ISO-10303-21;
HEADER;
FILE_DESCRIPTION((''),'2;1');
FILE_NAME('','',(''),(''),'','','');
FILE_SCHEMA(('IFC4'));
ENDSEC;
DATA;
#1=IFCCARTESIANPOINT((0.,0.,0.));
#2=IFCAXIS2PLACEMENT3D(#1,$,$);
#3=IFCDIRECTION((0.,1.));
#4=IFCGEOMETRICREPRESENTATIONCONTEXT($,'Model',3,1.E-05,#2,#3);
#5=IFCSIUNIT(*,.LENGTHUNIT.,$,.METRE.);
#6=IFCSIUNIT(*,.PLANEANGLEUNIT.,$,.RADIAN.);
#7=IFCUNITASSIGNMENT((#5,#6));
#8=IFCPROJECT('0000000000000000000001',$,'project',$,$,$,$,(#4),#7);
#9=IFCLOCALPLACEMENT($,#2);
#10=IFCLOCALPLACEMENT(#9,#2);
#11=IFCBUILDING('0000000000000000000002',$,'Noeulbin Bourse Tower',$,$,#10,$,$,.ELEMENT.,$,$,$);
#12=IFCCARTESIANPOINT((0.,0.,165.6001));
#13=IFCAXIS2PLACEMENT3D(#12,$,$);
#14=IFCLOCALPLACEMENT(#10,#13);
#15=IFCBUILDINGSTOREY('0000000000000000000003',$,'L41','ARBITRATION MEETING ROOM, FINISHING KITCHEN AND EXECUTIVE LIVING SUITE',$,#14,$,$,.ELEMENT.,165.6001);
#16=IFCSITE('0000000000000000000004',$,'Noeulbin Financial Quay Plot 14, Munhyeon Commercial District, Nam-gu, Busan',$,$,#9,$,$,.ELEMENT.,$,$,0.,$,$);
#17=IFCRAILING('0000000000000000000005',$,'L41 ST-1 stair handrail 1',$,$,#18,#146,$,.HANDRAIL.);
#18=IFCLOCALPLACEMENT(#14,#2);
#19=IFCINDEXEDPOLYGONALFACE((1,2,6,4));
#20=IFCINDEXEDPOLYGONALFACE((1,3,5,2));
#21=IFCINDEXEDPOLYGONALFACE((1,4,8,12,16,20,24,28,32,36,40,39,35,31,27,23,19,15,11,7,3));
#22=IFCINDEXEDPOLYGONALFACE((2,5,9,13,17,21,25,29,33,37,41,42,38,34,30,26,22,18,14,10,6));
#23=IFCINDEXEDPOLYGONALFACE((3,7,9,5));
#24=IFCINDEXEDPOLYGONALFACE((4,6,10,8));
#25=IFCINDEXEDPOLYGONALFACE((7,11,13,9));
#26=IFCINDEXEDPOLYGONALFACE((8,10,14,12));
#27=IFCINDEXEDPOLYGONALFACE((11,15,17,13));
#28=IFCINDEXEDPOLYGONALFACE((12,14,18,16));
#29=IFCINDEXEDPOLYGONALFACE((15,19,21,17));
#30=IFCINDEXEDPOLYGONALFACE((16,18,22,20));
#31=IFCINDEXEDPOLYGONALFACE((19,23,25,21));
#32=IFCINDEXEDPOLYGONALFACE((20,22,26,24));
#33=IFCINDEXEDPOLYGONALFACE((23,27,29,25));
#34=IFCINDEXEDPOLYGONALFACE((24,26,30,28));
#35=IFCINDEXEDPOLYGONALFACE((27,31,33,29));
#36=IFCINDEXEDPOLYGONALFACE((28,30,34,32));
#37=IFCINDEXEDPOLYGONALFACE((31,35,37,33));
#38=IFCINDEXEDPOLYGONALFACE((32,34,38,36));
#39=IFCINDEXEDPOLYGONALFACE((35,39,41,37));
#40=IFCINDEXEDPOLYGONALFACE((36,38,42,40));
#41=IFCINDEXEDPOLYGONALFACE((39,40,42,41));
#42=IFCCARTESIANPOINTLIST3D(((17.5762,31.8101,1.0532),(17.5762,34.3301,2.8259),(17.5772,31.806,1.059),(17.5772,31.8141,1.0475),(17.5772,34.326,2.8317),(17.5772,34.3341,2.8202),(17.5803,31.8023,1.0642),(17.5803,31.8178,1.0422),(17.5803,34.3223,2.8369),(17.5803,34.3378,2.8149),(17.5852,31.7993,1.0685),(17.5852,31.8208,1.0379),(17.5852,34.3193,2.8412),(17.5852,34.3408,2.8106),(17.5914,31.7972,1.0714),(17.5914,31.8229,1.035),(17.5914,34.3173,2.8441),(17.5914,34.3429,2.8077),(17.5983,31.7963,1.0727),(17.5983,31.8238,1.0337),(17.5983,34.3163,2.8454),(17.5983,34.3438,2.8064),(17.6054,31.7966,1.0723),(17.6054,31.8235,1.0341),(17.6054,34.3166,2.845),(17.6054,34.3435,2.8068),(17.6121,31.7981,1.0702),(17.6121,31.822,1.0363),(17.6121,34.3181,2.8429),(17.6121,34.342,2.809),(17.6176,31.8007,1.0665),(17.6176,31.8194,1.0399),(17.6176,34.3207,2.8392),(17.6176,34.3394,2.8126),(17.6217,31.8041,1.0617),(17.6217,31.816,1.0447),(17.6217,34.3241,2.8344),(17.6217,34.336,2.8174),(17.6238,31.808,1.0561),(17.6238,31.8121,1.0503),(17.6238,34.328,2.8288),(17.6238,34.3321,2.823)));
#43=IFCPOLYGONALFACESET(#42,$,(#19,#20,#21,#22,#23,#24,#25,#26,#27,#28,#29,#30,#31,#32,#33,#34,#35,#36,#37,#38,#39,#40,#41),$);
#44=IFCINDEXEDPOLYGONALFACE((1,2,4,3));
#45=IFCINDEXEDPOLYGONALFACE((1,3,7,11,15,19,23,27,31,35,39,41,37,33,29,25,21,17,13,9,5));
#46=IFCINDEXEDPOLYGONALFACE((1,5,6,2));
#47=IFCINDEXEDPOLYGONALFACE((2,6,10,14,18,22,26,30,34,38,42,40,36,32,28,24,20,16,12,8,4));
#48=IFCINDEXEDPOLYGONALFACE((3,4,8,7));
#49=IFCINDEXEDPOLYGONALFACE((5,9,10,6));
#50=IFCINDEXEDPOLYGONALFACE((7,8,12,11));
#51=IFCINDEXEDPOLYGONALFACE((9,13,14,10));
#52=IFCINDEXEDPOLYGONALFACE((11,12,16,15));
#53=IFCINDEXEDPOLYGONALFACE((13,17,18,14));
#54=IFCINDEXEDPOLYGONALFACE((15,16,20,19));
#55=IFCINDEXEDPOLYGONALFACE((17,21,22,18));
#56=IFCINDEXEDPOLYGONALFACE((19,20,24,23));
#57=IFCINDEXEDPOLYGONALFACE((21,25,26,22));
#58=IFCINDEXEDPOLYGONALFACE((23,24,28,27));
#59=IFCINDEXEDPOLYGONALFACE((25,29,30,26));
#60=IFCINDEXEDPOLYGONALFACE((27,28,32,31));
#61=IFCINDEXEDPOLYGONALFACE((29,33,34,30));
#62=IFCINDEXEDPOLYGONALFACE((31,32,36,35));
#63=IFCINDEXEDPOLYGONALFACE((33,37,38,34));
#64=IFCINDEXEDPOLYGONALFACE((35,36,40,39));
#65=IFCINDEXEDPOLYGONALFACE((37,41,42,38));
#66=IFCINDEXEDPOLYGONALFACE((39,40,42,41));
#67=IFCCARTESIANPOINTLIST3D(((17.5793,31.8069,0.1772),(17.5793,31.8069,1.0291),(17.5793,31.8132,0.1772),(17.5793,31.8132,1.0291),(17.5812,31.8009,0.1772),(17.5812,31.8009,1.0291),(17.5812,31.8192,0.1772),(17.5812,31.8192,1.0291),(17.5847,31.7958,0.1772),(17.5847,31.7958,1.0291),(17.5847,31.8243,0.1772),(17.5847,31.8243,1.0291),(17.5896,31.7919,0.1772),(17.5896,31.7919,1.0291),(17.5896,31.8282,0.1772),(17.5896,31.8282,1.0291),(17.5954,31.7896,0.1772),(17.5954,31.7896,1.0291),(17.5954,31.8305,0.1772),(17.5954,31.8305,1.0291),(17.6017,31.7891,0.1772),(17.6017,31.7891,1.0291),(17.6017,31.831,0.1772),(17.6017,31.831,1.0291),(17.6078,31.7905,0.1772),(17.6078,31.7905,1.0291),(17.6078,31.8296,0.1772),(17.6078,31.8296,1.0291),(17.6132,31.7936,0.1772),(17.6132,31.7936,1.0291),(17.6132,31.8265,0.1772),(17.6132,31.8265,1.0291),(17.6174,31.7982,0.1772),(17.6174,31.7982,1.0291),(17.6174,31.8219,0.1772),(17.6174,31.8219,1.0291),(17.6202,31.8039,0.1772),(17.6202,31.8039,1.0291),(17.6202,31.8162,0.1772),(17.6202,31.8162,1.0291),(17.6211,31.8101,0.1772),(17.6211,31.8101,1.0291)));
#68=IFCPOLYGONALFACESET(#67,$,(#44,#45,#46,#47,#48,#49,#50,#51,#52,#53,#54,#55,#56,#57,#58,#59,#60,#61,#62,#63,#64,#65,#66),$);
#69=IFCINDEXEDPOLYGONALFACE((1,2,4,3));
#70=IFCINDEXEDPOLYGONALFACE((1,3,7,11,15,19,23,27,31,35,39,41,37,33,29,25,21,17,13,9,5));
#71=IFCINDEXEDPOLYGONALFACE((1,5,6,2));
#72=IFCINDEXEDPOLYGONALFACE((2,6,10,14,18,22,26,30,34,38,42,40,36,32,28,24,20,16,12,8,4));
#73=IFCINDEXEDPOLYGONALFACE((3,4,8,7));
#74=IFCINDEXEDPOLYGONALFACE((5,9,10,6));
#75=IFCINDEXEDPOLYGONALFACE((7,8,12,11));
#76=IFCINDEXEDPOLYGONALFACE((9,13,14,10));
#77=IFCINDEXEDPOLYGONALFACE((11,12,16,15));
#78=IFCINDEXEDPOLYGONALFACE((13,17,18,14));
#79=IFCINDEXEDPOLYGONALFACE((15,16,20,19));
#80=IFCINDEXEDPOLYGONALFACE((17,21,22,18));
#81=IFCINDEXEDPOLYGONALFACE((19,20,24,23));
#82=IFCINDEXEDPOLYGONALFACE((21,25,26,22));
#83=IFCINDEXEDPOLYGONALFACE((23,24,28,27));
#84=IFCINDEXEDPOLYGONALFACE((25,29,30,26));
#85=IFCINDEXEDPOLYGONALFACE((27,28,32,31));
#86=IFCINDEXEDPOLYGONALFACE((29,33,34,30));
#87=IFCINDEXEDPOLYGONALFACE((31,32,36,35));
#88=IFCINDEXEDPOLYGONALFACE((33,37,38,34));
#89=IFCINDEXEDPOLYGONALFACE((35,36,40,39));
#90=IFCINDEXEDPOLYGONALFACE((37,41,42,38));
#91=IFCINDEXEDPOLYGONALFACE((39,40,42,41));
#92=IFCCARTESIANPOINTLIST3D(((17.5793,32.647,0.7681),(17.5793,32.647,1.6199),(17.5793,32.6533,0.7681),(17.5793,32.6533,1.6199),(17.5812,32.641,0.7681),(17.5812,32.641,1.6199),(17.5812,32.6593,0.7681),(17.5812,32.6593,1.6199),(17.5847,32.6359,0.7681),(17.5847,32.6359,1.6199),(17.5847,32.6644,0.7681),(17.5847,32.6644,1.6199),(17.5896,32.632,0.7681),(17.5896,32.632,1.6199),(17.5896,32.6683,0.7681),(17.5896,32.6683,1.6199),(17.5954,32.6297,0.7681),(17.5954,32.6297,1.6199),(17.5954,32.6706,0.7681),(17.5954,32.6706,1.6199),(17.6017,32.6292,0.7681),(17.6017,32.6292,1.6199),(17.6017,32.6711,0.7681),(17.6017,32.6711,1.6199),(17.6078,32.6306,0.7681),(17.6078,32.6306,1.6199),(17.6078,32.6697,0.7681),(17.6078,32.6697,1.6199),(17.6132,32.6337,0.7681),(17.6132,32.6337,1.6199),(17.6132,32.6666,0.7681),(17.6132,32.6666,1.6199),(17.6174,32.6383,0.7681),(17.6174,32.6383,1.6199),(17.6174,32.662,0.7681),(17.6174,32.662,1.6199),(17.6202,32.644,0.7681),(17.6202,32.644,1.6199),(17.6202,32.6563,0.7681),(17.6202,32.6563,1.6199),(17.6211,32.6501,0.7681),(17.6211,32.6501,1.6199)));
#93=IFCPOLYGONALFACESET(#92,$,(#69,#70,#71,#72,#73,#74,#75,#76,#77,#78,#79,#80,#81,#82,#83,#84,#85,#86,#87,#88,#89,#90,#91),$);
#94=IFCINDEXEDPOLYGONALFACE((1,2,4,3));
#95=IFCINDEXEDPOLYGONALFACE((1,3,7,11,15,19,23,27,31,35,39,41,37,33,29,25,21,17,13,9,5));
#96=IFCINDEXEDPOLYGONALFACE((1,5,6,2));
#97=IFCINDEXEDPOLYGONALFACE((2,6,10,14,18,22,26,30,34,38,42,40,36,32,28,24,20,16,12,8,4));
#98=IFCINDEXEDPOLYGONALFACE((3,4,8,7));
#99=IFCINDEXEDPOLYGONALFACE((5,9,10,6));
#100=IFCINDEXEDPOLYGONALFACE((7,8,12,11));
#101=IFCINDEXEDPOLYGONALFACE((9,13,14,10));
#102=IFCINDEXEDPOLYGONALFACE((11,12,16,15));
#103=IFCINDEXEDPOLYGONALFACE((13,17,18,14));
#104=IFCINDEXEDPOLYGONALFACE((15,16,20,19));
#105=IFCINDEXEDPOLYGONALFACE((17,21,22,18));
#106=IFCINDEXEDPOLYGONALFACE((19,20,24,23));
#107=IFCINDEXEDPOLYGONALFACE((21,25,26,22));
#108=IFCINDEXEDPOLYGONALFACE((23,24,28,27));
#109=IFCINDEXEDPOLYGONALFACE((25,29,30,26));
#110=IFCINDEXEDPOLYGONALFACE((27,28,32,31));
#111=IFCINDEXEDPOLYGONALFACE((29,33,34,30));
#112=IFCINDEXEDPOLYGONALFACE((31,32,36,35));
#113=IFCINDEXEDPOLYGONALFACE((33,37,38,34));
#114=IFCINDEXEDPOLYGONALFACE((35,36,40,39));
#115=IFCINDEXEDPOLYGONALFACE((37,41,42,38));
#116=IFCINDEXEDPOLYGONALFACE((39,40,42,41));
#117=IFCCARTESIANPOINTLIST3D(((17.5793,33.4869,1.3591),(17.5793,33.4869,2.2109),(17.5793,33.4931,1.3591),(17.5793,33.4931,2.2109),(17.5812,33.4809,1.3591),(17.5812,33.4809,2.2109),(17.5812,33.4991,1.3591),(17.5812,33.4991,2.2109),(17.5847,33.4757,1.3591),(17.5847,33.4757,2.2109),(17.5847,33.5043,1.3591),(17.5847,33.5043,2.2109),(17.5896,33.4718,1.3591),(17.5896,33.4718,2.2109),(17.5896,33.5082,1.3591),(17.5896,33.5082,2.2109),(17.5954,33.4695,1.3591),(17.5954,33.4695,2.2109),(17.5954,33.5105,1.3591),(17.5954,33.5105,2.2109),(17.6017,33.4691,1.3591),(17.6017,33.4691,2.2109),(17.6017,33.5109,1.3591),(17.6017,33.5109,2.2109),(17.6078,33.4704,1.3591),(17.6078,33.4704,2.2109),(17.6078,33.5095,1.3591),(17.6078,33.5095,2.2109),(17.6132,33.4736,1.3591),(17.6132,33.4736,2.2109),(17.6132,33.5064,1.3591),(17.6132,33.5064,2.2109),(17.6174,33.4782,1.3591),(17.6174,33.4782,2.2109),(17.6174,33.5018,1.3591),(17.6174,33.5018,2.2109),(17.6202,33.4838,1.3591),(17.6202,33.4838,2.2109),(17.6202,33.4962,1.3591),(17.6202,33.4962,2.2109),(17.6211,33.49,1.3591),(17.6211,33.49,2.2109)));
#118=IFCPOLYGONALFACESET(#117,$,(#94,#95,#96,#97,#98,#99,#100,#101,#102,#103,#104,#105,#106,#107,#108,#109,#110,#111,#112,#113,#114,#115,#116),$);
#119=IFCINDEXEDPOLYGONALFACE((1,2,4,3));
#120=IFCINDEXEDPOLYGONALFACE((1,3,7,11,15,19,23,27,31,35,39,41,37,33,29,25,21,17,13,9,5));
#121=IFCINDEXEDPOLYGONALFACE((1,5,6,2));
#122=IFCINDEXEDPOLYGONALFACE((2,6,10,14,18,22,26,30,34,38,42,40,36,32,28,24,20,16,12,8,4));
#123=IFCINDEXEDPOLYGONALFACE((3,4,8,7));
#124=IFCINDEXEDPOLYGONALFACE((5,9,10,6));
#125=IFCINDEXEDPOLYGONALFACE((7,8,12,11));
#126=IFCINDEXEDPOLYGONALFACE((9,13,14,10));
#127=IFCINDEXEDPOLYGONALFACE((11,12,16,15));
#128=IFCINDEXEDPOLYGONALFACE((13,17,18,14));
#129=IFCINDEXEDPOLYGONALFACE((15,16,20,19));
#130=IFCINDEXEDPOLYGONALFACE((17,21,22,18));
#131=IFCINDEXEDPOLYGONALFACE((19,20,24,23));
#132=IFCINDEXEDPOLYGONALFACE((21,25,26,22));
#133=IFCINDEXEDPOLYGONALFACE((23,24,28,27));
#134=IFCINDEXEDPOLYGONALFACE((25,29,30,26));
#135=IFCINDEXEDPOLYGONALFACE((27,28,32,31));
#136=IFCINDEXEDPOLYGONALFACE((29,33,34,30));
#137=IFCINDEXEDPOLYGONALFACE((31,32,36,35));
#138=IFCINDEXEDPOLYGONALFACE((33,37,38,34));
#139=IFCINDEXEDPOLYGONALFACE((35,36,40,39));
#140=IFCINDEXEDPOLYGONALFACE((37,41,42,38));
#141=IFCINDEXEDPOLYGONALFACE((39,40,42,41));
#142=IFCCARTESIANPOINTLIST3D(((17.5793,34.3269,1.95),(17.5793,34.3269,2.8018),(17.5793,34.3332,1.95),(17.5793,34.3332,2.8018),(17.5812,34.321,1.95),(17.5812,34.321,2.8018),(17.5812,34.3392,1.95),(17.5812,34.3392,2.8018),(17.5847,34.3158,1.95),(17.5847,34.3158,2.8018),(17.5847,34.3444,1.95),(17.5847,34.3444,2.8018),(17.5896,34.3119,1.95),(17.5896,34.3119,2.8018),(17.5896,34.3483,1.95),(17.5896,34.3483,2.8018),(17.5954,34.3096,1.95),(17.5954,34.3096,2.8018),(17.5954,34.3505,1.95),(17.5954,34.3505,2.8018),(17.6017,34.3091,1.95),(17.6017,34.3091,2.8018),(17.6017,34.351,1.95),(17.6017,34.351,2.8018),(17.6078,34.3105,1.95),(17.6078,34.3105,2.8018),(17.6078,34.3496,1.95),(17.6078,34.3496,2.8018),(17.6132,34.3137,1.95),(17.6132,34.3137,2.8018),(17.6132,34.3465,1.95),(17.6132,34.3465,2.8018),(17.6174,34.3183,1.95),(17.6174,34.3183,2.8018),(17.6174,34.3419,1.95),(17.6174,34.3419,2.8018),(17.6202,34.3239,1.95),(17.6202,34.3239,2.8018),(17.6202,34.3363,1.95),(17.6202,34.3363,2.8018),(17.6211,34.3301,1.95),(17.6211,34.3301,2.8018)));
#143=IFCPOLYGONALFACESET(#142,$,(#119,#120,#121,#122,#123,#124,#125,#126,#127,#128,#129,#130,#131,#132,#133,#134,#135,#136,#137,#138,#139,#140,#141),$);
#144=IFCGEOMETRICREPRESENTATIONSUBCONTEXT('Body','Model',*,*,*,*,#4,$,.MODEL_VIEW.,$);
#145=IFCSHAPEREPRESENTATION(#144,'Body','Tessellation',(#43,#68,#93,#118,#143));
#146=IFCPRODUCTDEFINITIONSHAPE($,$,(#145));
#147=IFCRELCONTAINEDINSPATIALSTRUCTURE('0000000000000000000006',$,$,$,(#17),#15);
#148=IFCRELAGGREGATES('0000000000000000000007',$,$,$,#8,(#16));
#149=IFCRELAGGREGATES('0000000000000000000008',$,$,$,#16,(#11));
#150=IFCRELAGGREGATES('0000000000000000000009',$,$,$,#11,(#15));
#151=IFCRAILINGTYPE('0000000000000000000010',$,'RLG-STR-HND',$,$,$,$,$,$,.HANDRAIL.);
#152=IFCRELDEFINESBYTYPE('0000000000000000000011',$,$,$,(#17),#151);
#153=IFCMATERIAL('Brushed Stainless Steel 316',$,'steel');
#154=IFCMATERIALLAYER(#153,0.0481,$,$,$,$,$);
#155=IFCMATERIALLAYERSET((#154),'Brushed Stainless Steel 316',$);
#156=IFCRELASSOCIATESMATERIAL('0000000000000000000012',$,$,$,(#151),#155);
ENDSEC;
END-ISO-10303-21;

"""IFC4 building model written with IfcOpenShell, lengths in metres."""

from ifc_helpers import new_model, si_unit, direction, frame, origin, origin_2d, place, context, subcontext, project, spatial, circle, extrude, material, layer, layer_set, type_object, element, save


model = new_model("IFC4")

# Units and contexts
model_context = context("Model", 3, precision=1e-05, world=origin(), true_north=direction((0.0, 1.0)))
body_context = subcontext(model_context, "Body", "Model", "MODEL_VIEW")
ifc_project = project(units=[si_unit("LENGTHUNIT", "METRE"), si_unit("PLANEANGLEUNIT", "RADIAN")], contexts=[model_context])

# Site, building, storey
site_placement = place(None, origin())
site = spatial("IfcSite", under=ifc_project, at=site_placement, Name="Noeulbin Financial Quay Plot 14, Munhyeon Commercial District, Nam-gu, Busan", CompositionType="ELEMENT", RefElevation=0.0)
building_placement = place(site_placement, origin())
building = spatial("IfcBuilding", under=site, at=building_placement, Name="Noeulbin Bourse Tower", CompositionType="ELEMENT")
storey_placement = place(building_placement, frame((0.0, 0.0, 165.6001)))
storey = spatial("IfcBuildingStorey", under=building, at=storey_placement, Name="L41", Description="ARBITRATION MEETING ROOM, FINISHING KITCHEN AND EXECUTIVE LIVING SUITE", CompositionType="ELEMENT", Elevation=165.6001)

# Shared definitions
ifc_material_1 = material(Name="Brushed Stainless Steel 316", Category="steel")

# Railing
ifc_layer_1 = layer(ifc_material_1, 0.0481)
ifc_layer_set_1 = layer_set([ifc_layer_1], Name="Brushed Stainless Steel 316")
railing_type_1 = type_object("IfcRailingType", Name="RLG-STR-HND", PredefinedType="HANDRAIL", material=ifc_layer_set_1)
railing_1_placement = place(storey_placement, frame((17.6001, 31.8101, 0.1772)))
element("IfcRailing", 1, at=railing_1_placement, inside=storey, type_object=railing_type_1, Name="L41 ST-1 stair handrail 1", PredefinedType="HANDRAIL", context=body_context, shape_type="SweptSolid", body=[
    extrude(circle(Radius=0.0239, at=origin_2d()), frame((0.0, 0.0, 0.876), z_axis=(0.0, 0.817904, 0.575354), x_axis=(-1.0, 0.0, 0.0)), (0.0, 0.0, 1.0), 3.0811),
    extrude(circle(Radius=0.021, at=origin_2d()), origin(), (0.0, 0.0, 1.0), 0.8518),
    extrude(circle(Radius=0.021, at=origin_2d()), frame((0.0, 0.8401, 0.5908)), (0.0, 0.0, 1.0), 0.8518),
    extrude(circle(Radius=0.021, at=origin_2d()), frame((0.0, 1.6799, 1.1819)), (0.0, 0.0, 1.0), 0.8518),
    extrude(circle(Radius=0.021, at=origin_2d()), frame((0.0, 2.52, 1.7727)), (0.0, 0.0, 1.0), 0.8518),
])

save(model, "model.ifc")
